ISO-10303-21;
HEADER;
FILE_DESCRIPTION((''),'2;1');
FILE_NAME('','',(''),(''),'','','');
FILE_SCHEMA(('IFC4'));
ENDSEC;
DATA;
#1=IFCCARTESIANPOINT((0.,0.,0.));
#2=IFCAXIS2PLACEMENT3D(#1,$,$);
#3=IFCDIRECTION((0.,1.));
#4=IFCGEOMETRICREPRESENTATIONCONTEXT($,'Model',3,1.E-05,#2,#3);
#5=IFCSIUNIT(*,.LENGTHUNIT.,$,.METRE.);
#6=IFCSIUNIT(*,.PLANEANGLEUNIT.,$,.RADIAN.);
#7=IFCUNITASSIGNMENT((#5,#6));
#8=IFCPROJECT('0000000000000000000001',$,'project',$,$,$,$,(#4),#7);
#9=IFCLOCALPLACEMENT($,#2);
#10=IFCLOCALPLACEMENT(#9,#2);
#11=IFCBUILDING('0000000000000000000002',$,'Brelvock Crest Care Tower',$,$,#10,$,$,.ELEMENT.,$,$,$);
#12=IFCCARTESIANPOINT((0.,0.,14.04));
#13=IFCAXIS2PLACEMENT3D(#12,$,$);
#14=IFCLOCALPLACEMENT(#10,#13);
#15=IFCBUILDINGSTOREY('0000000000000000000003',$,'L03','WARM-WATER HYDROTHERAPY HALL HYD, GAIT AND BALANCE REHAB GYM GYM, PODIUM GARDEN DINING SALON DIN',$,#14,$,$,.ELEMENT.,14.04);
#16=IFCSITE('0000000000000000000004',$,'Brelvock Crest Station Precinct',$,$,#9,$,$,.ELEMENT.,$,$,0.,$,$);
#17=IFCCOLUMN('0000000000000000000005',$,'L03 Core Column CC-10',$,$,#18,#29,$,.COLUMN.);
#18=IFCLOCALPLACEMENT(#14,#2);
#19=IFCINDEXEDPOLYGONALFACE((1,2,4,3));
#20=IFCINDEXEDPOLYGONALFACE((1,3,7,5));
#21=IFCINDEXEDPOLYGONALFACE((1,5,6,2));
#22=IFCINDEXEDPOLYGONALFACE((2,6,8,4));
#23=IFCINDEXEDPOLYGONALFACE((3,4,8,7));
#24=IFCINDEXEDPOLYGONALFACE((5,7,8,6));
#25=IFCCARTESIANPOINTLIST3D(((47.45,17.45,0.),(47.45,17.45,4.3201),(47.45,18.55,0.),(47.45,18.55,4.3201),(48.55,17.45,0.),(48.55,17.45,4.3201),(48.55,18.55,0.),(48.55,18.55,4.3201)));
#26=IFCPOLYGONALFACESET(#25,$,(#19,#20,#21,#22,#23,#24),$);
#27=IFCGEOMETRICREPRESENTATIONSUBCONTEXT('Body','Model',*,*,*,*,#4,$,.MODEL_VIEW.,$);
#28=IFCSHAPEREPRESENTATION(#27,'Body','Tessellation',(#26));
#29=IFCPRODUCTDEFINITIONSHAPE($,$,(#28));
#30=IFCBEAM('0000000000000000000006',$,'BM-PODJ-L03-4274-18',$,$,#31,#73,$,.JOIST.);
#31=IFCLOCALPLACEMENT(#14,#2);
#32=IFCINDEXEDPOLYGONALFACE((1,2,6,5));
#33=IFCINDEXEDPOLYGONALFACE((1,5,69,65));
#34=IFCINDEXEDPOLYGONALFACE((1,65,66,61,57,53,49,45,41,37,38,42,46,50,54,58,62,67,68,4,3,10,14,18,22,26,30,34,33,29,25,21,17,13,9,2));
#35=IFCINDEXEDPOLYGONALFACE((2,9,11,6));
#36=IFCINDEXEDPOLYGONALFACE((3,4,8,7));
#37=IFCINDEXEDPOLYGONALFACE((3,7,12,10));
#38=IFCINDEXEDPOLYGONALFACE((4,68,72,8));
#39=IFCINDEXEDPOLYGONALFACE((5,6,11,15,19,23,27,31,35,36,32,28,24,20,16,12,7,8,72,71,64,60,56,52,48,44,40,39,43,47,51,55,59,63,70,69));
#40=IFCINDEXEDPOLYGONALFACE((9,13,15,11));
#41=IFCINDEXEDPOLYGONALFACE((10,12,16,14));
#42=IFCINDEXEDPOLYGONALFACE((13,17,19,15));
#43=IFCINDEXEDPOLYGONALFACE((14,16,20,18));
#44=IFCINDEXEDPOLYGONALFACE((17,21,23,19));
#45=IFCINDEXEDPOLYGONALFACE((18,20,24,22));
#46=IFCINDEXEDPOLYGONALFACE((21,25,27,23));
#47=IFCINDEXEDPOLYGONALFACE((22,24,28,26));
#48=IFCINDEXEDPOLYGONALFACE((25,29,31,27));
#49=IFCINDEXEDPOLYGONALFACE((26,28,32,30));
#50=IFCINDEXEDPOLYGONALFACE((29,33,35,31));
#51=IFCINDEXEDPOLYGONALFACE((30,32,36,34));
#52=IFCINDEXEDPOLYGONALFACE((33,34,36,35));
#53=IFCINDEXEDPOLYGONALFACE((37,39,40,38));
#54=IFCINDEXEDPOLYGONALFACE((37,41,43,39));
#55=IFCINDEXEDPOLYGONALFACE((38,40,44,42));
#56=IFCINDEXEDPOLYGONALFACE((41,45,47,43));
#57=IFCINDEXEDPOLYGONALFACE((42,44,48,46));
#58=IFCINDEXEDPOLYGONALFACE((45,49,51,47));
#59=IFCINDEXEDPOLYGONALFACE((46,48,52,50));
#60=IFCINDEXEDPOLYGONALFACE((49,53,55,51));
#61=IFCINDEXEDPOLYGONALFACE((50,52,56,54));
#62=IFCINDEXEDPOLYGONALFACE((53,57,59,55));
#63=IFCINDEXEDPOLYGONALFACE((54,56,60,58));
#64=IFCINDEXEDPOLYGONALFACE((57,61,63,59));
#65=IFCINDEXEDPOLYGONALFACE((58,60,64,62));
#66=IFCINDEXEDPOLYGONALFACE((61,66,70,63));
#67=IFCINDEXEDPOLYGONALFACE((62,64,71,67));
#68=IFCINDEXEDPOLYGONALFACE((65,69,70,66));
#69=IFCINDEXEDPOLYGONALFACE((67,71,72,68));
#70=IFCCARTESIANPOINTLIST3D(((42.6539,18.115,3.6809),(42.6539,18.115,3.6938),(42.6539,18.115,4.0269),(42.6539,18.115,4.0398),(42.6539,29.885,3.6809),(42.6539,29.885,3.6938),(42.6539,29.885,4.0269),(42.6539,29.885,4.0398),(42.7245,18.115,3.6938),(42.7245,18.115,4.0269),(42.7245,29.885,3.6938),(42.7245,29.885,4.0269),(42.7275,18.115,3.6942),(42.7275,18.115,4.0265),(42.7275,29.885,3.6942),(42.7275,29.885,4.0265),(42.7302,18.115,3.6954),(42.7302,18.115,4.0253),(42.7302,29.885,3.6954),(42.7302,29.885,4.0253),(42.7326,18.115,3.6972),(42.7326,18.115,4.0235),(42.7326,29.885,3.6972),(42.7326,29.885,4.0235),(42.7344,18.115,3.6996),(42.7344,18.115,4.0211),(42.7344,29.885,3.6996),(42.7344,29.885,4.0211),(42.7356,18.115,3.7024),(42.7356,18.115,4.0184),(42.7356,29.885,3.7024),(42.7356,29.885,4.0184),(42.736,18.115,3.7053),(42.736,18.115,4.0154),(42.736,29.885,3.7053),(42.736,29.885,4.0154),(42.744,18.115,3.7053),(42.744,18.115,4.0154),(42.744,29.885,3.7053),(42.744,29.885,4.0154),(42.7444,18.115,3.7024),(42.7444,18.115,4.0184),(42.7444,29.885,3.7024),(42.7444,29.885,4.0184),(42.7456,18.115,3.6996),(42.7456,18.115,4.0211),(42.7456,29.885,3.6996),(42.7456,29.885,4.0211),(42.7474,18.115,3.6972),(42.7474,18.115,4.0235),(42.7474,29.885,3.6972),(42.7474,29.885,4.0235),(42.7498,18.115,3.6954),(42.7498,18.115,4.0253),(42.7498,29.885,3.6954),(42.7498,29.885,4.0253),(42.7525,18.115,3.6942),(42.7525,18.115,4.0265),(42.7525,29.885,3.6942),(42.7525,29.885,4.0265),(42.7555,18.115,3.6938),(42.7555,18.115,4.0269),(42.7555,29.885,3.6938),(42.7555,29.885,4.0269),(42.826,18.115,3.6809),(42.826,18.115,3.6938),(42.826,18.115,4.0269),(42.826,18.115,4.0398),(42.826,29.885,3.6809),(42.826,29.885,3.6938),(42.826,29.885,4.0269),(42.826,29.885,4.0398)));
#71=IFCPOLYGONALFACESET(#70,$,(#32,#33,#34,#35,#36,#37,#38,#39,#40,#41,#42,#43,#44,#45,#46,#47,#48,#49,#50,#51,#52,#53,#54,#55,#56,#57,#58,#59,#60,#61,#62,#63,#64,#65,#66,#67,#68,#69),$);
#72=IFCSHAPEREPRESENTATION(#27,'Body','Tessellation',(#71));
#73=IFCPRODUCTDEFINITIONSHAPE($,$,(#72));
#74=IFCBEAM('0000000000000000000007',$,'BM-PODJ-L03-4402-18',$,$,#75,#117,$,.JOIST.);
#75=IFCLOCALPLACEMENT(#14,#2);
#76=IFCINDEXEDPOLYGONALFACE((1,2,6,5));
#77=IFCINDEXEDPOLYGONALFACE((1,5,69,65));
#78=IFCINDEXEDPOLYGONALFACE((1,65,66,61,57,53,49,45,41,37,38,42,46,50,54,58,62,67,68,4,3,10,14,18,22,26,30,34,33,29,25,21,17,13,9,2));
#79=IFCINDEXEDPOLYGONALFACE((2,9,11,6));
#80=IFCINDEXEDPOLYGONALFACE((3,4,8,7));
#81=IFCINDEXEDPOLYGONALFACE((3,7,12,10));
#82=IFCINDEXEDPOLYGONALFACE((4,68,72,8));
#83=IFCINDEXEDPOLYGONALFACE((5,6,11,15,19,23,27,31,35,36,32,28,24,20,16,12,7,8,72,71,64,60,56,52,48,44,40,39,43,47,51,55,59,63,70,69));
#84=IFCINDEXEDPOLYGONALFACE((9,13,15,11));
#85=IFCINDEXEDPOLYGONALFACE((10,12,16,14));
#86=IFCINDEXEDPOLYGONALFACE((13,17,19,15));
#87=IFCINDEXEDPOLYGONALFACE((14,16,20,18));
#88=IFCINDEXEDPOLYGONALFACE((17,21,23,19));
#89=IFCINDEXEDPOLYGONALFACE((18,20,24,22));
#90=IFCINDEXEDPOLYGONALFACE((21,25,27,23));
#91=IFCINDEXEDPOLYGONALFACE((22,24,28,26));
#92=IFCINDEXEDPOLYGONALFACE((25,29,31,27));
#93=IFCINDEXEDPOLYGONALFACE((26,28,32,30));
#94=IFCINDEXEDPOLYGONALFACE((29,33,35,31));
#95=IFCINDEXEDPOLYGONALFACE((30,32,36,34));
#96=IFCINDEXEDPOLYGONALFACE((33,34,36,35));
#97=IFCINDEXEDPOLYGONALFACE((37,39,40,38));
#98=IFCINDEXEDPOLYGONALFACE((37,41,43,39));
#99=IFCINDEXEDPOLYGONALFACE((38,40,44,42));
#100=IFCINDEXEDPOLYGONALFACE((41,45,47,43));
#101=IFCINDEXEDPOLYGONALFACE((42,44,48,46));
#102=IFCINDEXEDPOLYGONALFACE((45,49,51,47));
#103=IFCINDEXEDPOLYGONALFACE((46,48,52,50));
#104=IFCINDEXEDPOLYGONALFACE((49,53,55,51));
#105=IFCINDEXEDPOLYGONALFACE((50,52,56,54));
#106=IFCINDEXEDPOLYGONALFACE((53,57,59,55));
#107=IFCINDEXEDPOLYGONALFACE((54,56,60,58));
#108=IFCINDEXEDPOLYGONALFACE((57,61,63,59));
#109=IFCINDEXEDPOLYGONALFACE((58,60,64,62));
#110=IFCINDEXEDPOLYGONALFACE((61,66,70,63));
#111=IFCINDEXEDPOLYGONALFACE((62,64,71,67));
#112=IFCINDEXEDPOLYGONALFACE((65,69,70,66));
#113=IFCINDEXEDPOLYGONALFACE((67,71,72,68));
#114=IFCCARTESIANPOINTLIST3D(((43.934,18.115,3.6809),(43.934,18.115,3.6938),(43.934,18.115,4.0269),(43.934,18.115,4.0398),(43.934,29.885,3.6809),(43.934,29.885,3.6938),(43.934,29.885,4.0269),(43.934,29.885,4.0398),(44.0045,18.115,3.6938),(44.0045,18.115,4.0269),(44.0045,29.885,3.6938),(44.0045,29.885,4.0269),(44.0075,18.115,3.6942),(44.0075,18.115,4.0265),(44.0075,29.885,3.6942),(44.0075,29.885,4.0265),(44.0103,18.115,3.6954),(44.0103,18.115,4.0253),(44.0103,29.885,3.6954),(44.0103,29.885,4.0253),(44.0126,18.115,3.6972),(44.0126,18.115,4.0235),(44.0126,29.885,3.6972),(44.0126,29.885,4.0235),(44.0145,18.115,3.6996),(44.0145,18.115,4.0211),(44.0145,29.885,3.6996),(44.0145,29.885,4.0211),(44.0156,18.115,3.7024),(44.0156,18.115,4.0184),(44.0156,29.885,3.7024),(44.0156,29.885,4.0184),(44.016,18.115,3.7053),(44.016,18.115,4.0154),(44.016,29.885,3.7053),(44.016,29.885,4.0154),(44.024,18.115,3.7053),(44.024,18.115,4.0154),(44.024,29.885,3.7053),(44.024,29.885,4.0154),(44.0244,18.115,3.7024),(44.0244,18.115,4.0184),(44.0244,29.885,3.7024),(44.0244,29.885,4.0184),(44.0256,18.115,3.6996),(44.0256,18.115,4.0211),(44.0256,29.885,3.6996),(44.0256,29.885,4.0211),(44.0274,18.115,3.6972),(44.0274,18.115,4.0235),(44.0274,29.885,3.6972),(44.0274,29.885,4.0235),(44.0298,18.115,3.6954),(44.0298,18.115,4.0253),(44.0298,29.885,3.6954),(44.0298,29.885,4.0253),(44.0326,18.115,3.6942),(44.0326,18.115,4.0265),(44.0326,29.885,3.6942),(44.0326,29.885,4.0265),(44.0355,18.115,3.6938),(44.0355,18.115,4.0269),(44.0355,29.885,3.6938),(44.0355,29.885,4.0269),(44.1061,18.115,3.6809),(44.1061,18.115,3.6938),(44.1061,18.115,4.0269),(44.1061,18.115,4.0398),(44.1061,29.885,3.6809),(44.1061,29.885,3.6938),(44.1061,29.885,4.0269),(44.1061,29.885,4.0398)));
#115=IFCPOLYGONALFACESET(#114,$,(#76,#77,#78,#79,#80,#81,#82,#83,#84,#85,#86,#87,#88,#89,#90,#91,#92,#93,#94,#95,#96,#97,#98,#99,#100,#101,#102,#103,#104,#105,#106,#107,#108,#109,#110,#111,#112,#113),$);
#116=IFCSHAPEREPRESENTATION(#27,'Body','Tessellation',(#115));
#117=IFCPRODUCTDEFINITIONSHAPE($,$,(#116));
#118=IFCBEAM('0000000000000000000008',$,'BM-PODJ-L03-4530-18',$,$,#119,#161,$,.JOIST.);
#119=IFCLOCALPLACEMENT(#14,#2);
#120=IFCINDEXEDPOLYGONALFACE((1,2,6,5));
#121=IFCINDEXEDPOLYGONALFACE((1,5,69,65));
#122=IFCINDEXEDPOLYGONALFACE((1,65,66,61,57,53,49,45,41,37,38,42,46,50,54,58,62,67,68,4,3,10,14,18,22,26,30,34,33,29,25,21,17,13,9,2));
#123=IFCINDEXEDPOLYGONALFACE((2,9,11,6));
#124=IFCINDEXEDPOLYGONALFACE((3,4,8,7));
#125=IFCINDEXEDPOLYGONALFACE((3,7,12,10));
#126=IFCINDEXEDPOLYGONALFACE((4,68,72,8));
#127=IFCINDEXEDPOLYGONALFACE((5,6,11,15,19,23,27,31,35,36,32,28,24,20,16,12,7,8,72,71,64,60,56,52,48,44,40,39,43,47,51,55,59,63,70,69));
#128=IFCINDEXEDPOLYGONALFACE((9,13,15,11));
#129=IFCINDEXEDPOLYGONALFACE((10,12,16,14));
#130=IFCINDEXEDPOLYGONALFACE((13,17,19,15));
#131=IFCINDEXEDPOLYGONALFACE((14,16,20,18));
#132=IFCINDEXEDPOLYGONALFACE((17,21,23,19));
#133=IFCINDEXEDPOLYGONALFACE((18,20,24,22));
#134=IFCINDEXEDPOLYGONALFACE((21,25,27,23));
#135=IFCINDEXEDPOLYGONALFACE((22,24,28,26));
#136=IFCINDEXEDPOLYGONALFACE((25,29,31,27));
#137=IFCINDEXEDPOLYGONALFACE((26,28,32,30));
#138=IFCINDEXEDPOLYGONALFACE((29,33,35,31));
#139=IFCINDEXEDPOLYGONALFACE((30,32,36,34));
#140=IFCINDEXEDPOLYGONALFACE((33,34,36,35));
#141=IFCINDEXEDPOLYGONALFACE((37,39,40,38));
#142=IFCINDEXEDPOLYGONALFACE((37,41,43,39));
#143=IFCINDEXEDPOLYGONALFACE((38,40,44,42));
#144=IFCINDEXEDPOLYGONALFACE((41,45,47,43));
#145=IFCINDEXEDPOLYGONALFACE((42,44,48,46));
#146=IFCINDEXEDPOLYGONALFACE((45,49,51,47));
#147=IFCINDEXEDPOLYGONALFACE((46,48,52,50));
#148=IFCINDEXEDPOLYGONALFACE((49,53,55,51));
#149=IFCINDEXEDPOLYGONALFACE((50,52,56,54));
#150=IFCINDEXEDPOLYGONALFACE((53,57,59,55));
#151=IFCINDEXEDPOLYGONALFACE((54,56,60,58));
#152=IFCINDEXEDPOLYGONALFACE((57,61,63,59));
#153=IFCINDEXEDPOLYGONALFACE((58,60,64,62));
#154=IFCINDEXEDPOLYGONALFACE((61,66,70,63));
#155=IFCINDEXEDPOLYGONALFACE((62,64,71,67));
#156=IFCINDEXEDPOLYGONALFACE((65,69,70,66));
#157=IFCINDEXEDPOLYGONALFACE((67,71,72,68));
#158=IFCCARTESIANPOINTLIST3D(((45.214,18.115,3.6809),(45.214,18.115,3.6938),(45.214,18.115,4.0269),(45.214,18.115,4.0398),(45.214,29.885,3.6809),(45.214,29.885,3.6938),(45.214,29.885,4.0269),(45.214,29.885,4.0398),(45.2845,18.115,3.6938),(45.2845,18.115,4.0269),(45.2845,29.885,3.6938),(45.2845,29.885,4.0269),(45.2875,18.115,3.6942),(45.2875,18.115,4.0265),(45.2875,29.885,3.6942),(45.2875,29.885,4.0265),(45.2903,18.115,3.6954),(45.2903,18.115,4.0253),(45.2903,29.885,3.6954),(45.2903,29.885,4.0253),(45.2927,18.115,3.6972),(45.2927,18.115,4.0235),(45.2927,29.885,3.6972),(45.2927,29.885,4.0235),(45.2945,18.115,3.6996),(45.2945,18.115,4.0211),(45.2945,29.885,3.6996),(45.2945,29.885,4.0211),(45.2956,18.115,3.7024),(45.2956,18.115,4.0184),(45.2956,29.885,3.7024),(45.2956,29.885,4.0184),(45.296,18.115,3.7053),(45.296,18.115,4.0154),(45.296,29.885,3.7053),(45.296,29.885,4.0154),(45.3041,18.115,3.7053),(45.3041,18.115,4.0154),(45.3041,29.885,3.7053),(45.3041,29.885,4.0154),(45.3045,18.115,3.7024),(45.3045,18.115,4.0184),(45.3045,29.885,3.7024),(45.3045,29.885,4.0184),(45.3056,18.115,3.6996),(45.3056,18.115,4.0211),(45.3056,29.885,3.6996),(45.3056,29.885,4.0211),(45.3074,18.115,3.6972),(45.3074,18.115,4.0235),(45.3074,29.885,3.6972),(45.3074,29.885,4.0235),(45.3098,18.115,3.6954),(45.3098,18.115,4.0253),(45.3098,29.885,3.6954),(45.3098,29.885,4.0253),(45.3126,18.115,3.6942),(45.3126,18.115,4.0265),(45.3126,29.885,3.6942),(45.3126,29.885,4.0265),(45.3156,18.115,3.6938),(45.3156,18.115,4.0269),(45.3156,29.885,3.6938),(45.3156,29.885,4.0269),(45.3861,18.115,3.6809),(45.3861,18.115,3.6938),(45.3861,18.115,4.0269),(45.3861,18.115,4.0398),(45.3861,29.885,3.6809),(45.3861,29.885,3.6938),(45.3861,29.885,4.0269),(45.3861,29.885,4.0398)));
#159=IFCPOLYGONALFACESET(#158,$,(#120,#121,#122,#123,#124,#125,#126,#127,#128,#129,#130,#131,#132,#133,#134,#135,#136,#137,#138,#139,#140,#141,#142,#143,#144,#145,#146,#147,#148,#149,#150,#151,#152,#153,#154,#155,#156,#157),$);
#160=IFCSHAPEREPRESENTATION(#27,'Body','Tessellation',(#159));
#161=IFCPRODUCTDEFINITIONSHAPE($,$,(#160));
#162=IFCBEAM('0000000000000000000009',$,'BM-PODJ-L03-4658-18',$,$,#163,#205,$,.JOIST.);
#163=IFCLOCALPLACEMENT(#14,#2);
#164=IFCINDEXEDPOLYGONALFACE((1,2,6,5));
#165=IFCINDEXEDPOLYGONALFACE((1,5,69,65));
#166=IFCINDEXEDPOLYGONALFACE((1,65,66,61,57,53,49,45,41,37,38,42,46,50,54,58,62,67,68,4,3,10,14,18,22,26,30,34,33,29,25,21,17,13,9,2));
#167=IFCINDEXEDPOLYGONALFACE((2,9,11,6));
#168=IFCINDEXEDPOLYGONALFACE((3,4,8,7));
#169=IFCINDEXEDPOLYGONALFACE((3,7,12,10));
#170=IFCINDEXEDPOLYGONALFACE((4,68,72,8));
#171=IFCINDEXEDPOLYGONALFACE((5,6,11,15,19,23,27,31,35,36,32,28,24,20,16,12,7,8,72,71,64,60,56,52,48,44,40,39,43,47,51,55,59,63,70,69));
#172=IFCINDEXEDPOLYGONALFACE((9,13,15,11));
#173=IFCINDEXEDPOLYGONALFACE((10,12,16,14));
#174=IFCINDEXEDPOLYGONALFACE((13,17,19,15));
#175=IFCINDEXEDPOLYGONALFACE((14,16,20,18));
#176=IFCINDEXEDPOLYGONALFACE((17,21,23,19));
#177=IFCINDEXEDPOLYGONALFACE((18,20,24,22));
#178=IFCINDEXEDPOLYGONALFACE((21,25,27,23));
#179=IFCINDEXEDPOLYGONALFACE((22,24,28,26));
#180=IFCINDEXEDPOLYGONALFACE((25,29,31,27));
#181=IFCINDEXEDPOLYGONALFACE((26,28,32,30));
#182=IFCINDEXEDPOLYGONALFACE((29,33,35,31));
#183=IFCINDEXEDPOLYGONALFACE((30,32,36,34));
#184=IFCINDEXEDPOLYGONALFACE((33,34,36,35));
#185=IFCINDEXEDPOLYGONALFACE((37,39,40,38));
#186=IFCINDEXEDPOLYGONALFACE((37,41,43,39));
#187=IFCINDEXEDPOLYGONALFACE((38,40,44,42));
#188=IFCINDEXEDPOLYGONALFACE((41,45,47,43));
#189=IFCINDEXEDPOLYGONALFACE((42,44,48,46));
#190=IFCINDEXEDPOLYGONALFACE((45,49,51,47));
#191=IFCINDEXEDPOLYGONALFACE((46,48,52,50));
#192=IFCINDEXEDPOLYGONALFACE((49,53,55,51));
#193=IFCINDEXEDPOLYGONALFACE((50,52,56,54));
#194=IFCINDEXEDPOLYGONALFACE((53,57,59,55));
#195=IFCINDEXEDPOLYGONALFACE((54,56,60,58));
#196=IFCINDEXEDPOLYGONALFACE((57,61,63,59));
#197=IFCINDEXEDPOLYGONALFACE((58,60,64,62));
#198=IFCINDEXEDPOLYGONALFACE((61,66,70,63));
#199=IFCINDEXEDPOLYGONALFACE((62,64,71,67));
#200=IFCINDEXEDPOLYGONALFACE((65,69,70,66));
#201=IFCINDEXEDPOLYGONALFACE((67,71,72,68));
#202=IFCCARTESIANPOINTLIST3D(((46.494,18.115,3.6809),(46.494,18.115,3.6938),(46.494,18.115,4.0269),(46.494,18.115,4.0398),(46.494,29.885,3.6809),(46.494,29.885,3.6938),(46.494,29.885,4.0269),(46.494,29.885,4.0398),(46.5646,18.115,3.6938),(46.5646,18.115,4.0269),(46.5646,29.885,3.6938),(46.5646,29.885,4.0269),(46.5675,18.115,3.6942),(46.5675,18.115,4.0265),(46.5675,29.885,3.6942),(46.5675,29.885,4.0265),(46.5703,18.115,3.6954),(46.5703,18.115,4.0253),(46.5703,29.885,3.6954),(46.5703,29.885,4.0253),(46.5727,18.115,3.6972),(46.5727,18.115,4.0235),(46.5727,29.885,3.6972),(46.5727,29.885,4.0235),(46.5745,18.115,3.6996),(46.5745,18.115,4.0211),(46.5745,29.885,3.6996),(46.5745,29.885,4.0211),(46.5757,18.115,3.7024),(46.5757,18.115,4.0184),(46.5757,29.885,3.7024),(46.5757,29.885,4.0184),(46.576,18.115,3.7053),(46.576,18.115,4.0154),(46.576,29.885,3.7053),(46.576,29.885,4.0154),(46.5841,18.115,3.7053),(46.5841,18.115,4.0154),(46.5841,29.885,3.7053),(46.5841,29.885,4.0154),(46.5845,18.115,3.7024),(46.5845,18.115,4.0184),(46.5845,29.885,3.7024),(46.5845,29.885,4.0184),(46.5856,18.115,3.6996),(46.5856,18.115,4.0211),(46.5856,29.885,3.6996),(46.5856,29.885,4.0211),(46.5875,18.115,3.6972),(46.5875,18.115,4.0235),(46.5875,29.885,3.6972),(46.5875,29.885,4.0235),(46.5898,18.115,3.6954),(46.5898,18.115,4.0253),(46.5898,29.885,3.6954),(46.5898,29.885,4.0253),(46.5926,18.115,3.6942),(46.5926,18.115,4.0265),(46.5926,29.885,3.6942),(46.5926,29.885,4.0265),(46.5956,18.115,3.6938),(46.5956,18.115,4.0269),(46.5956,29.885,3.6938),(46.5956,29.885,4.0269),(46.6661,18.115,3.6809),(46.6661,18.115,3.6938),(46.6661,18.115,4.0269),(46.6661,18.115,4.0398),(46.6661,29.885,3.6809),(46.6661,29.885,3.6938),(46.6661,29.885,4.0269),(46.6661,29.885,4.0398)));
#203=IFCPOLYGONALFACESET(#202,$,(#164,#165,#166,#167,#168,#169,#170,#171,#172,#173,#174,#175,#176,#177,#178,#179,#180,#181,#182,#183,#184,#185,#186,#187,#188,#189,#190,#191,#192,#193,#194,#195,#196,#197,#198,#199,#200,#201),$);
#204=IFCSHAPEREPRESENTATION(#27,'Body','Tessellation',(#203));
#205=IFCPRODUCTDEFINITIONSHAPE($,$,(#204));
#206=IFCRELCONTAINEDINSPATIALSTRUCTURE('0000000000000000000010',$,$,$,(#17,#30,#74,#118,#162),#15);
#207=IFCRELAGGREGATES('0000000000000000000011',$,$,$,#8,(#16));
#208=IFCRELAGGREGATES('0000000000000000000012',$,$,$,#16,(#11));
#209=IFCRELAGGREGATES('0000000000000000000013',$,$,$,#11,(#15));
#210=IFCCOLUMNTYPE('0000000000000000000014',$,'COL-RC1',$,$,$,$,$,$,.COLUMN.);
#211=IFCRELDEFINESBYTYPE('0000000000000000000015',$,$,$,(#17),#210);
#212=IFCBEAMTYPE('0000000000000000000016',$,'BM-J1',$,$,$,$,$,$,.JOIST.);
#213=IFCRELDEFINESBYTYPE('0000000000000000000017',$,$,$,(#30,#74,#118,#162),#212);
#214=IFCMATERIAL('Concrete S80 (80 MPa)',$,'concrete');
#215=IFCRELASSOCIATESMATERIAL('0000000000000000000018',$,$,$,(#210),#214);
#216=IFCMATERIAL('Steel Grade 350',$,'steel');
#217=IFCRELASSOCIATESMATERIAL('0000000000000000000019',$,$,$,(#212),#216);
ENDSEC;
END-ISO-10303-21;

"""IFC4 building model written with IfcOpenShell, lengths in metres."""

from ifc_helpers import new_model, si_unit, direction, frame, origin, origin_2d, place, context, subcontext, project, spatial, rectangle, i_section, extrude, source, transform, mapped, material, material_profile, profile_set, type_object, element, save


model = new_model("IFC4")

# Units and contexts
model_context = context("Model", 3, precision=1e-05, world=origin(), true_north=direction((0.0, 1.0)))
body_context = subcontext(model_context, "Body", "Model", "MODEL_VIEW")
ifc_project = project(units=[si_unit("LENGTHUNIT", "METRE"), si_unit("PLANEANGLEUNIT", "RADIAN")], contexts=[model_context])

# Site, building, storey
site_placement = place(None, origin())
site = spatial("IfcSite", under=ifc_project, at=site_placement, Name="Brelvock Crest Station Precinct", CompositionType="ELEMENT", RefElevation=0.0)
building_placement = place(site_placement, origin())
building = spatial("IfcBuilding", under=site, at=building_placement, Name="Brelvock Crest Care Tower", CompositionType="ELEMENT")
storey_placement = place(building_placement, frame((0.0, 0.0, 14.04)))
storey = spatial("IfcBuildingStorey", under=building, at=storey_placement, Name="L03", Description="WARM-WATER HYDROTHERAPY HALL HYD, GAIT AND BALANCE REHAB GYM GYM, PODIUM GARDEN DINING SALON DIN", CompositionType="ELEMENT", Elevation=14.04)

# Column
ifc_material_1 = material(Name="Concrete S80 (80 MPa)", Category="concrete")
ifc_material_profile_1 = material_profile(ifc_material_1, rectangle(XDim=1.1001, YDim=1.1001, at=origin_2d()), Name="RC1100x1100")
ifc_profile_set_1 = profile_set([ifc_material_profile_1], Name="Concrete S80 (80 MPa)")
column_type = type_object("IfcColumnType", Name="COL-RC1", PredefinedType="COLUMN", material=ifc_profile_set_1)
shared_shape_1 = source(origin(), body_context, "Body", "SweptSolid", [
    extrude(rectangle(XDim=1.1001, YDim=1.1001, at=origin_2d()), origin(), (0.0, 0.0, 1.0), 4.3201),
])
column_placement = place(storey_placement, frame((48.0, 18.0, 0.0), z_axis=(0.0, 0.0, 1.0), x_axis=(1.0, 0.0, 0.0)))
element("IfcColumn", 1, at=column_placement, inside=storey, type_object=column_type, Name="L03 Core Column CC-10", PredefinedType="COLUMN", context=body_context, shape_type="MappedRepresentation", body=[
    mapped(shared_shape_1, transform((0.0, 0.0, 0.0), x_axis=(1.0, 0.0, 0.0), y_axis=(0.0, 1.0, 0.0), z_axis=(0.0, 0.0, 1.0), scale=1.0)),
])

# Beams
ifc_material_2 = material(Name="Steel Grade 350", Category="steel")
ifc_material_profile_2 = material_profile(ifc_material_2, i_section(OverallWidth=0.1721, OverallDepth=0.3589, WebThickness=0.0081, FlangeThickness=0.0129, FilletRadius=0.0115, at=origin_2d()), Name="360UB56.7")
ifc_profile_set_2 = profile_set([ifc_material_profile_2], Name="Steel Grade 350")
beam_type_1 = type_object("IfcBeamType", Name="BM-J1", PredefinedType="JOIST", material=ifc_profile_set_2)
shared_shape_2 = source(origin(), body_context, "Body", "SweptSolid", [
    extrude(i_section(OverallWidth=0.1721, OverallDepth=0.3589, WebThickness=0.0081, FlangeThickness=0.0129, FilletRadius=0.0115, at=origin_2d()), origin(), (0.0, 0.0, 1.0), 11.77),
])
for number, where, z_axis, x_axis, name in (
    (2, (42.74, 18.115, 3.8604), (0.0, 1.0, 0.0), (-1.0, 0.0, 0.0), "BM-PODJ-L03-4274-18"),
    (3, (44.02, 18.115, 3.8604), (0.0, 1.0, 0.0), (-1.0, 0.0, 0.0), "BM-PODJ-L03-4402-18"),
    (4, (45.3, 18.115, 3.8604), (0.0, 1.0, 0.0), (-1.0, 0.0, 0.0), "BM-PODJ-L03-4530-18"),
    (5, (46.5801, 18.115, 3.8604), (0.0, 1.0, 0.0), (-1.0, 0.0, 0.0), "BM-PODJ-L03-4658-18"),
):
    element("IfcBeam", number, at=place(storey_placement, frame(where, z_axis=z_axis, x_axis=x_axis)), inside=storey, type_object=beam_type_1, Name=name, PredefinedType="JOIST", context=body_context, shape_type="MappedRepresentation", body=[
        mapped(shared_shape_2, transform((0.0, 0.0, 0.0), x_axis=(1.0, 0.0, 0.0), y_axis=(0.0, 1.0, 0.0), z_axis=(0.0, 0.0, 1.0), scale=1.0)),
    ])

save(model, "model.ifc")
